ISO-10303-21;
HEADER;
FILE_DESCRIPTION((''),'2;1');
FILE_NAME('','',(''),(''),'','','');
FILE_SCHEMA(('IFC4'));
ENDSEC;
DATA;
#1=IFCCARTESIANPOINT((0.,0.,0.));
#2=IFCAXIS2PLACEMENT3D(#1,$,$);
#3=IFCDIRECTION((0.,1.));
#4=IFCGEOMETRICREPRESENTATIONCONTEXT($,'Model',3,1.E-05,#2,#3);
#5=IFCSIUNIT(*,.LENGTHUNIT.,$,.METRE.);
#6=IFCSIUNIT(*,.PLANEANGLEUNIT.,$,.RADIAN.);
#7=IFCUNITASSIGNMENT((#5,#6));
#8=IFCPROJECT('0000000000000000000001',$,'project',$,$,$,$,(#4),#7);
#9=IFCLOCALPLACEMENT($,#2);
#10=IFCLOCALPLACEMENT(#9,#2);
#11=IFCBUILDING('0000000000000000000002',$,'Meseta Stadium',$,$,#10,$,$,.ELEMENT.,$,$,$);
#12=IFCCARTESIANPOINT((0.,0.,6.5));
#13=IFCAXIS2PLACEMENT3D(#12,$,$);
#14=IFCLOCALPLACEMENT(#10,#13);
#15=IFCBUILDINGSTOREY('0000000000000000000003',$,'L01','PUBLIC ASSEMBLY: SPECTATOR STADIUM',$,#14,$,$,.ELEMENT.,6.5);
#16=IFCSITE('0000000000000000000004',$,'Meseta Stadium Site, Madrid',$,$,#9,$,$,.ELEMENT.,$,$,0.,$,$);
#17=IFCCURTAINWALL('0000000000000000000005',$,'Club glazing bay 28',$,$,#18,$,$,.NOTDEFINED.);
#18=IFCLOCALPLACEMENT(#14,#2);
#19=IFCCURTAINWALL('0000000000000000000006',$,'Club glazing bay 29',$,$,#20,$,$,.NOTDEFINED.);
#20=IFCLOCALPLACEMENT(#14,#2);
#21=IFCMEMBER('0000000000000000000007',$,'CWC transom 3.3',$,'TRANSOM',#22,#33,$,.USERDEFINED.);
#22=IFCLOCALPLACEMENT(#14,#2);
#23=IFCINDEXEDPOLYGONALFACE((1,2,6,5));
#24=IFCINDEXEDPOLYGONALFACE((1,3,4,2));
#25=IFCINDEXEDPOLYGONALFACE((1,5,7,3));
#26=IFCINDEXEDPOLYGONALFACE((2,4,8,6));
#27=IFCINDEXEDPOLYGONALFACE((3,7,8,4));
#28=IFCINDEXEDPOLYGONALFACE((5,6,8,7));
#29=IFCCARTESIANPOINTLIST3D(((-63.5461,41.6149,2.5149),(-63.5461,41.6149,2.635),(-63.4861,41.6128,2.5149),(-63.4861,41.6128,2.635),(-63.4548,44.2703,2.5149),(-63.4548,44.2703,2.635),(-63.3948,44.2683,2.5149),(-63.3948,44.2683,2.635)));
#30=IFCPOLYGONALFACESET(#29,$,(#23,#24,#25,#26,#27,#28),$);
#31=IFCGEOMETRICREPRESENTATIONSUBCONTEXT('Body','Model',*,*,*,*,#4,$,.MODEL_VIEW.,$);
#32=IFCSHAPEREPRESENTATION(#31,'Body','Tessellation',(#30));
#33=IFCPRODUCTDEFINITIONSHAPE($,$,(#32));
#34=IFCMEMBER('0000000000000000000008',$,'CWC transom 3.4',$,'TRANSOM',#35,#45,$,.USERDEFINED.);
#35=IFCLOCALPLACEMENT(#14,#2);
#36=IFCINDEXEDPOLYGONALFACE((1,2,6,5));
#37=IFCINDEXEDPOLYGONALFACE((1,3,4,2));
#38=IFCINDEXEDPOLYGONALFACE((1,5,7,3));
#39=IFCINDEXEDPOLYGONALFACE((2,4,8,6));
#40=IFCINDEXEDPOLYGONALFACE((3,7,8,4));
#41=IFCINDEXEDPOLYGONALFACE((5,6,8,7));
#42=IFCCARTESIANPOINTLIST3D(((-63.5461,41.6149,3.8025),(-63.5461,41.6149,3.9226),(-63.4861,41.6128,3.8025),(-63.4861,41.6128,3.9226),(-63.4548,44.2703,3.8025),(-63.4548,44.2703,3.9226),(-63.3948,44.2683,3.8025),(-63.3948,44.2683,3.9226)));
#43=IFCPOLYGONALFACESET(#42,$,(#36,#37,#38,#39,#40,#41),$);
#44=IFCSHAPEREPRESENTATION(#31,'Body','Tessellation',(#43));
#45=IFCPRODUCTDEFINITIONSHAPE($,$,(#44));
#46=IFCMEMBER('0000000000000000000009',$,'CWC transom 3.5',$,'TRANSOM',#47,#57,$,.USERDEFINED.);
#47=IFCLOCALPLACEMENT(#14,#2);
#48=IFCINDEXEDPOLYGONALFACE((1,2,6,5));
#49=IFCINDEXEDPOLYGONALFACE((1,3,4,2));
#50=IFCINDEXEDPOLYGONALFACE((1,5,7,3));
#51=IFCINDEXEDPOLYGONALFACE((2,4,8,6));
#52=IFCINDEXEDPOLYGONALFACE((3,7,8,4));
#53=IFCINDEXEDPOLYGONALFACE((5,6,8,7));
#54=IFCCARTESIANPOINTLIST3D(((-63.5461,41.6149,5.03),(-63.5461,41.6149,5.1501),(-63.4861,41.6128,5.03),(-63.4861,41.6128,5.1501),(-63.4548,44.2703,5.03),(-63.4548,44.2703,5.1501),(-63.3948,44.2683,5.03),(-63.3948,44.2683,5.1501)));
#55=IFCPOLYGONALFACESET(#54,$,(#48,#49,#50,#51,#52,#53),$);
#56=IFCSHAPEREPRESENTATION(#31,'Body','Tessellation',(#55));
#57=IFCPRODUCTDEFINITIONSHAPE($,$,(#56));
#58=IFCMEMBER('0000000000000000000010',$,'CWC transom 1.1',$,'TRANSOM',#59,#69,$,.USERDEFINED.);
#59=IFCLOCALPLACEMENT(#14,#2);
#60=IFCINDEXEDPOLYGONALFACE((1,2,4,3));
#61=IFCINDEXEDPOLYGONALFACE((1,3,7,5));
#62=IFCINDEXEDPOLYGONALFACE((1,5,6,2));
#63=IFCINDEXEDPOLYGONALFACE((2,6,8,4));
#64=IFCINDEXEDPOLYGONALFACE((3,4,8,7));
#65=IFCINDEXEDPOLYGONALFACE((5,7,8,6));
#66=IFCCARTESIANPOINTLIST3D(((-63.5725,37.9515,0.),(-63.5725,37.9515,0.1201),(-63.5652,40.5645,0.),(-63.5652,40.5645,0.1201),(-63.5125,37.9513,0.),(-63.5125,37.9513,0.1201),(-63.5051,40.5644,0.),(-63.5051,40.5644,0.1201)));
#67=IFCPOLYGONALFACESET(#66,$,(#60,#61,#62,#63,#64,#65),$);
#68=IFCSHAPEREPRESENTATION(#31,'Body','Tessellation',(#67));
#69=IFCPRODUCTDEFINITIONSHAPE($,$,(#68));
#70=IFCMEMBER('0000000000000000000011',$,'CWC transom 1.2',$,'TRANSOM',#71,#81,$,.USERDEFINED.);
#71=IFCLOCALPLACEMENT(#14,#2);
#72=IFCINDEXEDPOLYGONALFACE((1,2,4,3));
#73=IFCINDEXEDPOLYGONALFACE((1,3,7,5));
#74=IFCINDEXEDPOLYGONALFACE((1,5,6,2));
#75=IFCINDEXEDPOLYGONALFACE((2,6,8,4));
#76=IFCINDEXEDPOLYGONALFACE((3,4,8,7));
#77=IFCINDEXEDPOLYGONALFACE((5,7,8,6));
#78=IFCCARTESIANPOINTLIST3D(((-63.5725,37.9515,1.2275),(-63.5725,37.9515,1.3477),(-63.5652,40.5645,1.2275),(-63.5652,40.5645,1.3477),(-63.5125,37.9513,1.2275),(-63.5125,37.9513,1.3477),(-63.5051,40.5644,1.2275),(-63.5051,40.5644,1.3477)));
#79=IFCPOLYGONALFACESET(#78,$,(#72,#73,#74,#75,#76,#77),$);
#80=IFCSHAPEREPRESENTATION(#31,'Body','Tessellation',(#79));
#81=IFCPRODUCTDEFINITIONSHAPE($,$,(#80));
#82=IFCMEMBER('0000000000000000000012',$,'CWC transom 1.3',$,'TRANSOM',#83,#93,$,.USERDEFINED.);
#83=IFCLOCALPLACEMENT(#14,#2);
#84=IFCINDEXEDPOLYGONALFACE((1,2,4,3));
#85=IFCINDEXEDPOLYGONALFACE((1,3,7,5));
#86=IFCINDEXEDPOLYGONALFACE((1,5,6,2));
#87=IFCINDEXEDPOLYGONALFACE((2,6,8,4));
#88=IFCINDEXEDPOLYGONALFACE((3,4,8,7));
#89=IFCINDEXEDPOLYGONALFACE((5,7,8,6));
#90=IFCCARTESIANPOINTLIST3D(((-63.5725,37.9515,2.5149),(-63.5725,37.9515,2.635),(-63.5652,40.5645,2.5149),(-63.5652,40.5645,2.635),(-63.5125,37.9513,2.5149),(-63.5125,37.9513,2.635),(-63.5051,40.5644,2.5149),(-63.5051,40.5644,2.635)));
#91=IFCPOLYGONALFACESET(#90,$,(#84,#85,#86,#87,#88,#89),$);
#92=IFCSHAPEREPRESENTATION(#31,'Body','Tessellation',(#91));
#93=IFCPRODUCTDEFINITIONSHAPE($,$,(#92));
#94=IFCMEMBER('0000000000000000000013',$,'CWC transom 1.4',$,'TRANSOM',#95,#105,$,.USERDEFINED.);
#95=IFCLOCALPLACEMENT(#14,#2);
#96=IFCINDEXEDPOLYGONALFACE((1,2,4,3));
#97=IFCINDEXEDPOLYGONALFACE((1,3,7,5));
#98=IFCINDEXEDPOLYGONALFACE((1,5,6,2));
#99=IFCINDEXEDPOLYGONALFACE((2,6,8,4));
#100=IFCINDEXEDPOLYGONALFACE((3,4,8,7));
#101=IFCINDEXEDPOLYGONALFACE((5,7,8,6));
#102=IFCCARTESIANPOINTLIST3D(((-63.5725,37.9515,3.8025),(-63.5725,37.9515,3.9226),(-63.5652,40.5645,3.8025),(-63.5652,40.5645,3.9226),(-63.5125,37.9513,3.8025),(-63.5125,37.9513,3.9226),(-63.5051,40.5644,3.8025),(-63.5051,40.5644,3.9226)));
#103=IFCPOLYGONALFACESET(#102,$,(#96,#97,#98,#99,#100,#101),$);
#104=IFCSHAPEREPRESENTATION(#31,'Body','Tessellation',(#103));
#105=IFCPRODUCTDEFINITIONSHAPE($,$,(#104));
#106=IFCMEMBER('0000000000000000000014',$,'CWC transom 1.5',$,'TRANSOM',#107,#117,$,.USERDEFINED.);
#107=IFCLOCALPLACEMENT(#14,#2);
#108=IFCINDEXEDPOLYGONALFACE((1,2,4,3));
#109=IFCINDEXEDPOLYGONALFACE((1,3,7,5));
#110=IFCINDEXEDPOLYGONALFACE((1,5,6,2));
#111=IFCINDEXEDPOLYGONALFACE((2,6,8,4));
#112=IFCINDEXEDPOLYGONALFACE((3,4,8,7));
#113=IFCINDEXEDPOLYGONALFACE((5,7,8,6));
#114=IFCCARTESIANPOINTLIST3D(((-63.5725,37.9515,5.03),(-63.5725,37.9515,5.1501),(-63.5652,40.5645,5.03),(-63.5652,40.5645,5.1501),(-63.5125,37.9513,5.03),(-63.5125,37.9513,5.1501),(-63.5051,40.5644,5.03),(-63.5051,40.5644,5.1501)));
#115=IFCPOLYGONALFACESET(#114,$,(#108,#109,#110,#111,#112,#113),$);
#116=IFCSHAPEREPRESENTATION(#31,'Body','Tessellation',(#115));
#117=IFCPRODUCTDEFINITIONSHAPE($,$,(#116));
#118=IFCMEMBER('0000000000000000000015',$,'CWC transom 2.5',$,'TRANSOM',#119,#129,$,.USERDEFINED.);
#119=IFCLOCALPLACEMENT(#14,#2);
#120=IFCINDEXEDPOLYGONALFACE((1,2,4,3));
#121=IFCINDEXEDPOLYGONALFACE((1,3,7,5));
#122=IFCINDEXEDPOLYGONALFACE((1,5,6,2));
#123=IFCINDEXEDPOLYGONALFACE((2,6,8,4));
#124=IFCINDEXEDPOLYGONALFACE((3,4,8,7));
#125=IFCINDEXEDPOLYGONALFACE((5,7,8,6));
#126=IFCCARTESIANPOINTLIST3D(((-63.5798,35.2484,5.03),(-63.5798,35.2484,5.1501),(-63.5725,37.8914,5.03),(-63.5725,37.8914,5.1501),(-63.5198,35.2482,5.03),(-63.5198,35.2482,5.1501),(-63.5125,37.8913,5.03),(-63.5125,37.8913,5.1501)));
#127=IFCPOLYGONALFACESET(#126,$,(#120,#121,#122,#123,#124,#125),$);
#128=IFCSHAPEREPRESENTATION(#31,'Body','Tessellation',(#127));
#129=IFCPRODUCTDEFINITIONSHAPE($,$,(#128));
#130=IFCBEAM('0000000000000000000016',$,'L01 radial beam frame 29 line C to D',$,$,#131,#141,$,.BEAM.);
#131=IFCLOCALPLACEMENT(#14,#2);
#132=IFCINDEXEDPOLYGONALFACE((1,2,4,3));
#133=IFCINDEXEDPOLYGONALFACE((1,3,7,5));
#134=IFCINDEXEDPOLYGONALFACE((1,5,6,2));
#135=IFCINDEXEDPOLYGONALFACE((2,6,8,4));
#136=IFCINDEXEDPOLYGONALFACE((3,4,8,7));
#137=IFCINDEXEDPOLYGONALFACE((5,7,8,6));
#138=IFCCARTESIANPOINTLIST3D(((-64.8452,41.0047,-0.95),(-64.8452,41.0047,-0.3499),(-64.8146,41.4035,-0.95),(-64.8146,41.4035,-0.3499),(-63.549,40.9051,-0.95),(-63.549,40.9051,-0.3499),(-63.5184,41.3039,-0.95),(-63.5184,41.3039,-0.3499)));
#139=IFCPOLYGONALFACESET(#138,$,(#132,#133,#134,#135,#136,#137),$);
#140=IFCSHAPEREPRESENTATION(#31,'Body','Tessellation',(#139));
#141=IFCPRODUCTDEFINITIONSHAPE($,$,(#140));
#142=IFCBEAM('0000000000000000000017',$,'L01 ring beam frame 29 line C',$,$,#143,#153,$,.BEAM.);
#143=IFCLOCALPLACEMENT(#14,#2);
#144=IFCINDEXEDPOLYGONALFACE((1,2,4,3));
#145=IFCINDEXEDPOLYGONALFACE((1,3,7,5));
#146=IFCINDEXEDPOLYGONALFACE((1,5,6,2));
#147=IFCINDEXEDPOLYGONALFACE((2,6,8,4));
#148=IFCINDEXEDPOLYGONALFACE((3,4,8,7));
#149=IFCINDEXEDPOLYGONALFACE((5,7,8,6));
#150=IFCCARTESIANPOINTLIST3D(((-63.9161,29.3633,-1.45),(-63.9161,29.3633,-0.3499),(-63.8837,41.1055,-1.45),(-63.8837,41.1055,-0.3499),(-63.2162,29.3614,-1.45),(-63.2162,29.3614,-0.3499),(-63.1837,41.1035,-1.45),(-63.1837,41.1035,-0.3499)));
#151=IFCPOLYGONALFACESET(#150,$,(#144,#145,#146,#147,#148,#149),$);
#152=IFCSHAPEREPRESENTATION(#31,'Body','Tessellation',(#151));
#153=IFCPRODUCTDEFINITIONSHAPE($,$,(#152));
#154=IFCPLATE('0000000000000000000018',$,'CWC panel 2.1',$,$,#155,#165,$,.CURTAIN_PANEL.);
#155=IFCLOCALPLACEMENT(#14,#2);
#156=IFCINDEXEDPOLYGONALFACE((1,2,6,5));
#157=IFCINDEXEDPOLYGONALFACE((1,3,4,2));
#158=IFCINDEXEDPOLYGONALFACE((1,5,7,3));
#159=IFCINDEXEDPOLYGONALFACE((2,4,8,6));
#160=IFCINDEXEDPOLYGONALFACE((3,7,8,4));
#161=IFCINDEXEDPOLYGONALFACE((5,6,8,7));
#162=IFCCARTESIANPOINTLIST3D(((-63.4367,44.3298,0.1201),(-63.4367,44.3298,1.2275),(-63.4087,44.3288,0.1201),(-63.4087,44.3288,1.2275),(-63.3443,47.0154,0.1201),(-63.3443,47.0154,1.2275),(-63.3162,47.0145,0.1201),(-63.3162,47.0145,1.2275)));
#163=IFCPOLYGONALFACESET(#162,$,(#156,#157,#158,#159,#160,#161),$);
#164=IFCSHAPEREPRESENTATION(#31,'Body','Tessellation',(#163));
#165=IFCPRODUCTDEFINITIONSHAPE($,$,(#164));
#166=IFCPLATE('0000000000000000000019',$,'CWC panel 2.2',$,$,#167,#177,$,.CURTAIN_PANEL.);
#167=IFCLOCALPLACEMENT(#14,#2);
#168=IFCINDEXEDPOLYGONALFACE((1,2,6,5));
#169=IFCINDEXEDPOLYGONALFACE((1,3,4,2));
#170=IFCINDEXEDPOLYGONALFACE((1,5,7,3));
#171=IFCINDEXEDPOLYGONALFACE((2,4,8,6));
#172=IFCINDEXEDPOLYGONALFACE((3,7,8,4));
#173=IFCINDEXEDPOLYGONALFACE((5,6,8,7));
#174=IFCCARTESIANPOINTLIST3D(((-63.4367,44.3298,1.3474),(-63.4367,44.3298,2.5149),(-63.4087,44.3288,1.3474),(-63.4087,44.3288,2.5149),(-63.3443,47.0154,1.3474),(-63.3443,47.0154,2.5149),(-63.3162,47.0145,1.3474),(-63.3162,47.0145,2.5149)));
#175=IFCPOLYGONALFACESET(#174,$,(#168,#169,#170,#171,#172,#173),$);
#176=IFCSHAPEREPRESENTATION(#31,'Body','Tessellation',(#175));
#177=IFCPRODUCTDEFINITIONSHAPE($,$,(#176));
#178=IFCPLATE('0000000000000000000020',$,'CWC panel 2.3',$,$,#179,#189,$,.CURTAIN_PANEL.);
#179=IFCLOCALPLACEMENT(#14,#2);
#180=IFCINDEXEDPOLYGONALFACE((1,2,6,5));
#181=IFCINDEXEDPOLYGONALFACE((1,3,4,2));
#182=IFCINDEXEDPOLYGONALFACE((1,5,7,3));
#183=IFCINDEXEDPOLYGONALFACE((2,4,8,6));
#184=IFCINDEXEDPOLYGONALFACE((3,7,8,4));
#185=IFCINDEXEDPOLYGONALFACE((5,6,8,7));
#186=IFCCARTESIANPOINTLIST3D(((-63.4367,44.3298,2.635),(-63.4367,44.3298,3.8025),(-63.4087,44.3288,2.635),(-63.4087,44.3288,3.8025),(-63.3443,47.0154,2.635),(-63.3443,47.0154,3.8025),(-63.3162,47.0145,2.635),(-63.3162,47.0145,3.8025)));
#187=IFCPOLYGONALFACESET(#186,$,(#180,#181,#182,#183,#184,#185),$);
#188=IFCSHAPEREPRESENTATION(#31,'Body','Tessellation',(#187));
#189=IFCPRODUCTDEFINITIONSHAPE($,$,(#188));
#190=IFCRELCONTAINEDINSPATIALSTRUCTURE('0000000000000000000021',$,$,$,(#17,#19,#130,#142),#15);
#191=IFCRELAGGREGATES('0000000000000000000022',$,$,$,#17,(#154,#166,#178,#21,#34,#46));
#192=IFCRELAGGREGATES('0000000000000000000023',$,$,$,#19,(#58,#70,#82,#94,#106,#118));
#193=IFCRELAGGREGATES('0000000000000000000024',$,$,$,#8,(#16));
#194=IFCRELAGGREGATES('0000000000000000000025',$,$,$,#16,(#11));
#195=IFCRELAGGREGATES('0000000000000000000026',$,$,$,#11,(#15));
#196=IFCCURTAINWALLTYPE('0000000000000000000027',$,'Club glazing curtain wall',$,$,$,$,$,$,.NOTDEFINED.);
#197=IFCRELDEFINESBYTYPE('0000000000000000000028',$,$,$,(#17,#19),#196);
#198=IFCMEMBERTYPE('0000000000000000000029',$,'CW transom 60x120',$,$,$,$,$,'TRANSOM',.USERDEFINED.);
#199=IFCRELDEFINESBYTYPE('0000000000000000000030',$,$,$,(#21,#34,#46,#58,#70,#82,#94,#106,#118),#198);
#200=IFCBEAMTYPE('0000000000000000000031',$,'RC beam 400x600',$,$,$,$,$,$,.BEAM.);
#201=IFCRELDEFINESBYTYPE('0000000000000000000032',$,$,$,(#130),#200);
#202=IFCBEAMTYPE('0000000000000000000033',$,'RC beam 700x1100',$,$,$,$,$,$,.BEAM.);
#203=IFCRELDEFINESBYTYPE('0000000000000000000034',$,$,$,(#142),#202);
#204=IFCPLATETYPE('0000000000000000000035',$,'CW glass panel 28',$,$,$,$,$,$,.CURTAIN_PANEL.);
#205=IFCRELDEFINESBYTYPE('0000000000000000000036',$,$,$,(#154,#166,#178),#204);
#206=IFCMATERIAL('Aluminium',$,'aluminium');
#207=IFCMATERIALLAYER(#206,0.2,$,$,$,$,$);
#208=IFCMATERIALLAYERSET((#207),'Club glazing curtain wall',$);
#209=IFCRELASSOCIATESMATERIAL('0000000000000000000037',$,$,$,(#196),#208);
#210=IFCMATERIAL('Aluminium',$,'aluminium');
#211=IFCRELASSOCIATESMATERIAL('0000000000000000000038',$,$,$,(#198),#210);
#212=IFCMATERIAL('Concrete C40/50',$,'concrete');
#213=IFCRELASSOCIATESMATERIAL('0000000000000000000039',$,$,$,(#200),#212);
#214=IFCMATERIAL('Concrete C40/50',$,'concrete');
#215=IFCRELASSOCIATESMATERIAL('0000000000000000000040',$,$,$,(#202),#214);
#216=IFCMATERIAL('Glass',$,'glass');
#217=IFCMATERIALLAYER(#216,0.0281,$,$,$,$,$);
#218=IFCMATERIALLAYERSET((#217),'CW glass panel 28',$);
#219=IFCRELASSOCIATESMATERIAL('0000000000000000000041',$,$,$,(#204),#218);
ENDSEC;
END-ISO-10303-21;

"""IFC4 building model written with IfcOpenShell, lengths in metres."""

from ifc_helpers import new_model, si_unit, direction, frame, origin, origin_2d, place, context, subcontext, project, spatial, rectangle, extrude, material, layer, layer_set, material_profile, profile_set, type_object, element, aggregate, save


model = new_model("IFC4")

# Units and contexts
model_context = context("Model", 3, precision=1e-05, world=origin(), true_north=direction((0.0, 1.0)))
body_context = subcontext(model_context, "Body", "Model", "MODEL_VIEW")
ifc_project = project(units=[si_unit("LENGTHUNIT", "METRE"), si_unit("PLANEANGLEUNIT", "RADIAN")], contexts=[model_context])

# Site, building, storey
site_placement = place(None, origin())
site = spatial("IfcSite", under=ifc_project, at=site_placement, Name="Meseta Stadium Site, Madrid", CompositionType="ELEMENT", RefElevation=0.0)
building_placement = place(site_placement, origin())
building = spatial("IfcBuilding", under=site, at=building_placement, Name="Meseta Stadium", CompositionType="ELEMENT")
storey_placement = place(building_placement, frame((0.0, 0.0, 6.5)))
storey = spatial("IfcBuildingStorey", under=building, at=storey_placement, Name="L01", Description="PUBLIC ASSEMBLY: SPECTATOR STADIUM", CompositionType="ELEMENT", Elevation=6.5)

# Curtain walls
ifc_material_1 = material(Name="Aluminium", Category="aluminium")
ifc_layer_1 = layer(ifc_material_1, 0.2)
ifc_layer_set_1 = layer_set([ifc_layer_1], Name="Club glazing curtain wall")
curtain_wall_type = type_object("IfcCurtainWallType", Name="Club glazing curtain wall", PredefinedType="NOTDEFINED", material=ifc_layer_set_1)
curtain_wall_1_placement = place(storey_placement, origin())
curtain_wall_1 = element("IfcCurtainWall", 1, at=curtain_wall_1_placement, inside=storey, type_object=curtain_wall_type, Name="Club glazing bay 28", PredefinedType="NOTDEFINED")
curtain_wall_2_placement = place(storey_placement, origin())
curtain_wall_2 = element("IfcCurtainWall", 2, at=curtain_wall_2_placement, inside=storey, type_object=curtain_wall_type, Name="Club glazing bay 29", PredefinedType="NOTDEFINED")

# Members
ifc_material_2 = material(Name="Aluminium", Category="aluminium")
ifc_material_profile_1 = material_profile(ifc_material_2, rectangle(XDim=0.0601, YDim=0.1201, at=origin_2d()), Name="CW 60x120")
ifc_profile_set_1 = profile_set([ifc_material_profile_1], Name="Aluminium")
member_type_1 = type_object("IfcMemberType", Name="CW transom 60x120", ElementType="TRANSOM", PredefinedType="USERDEFINED", material=ifc_profile_set_1)
member_1_placement = place(storey_placement, frame((-63.4248, 44.2693, 2.575), z_axis=(-0.034364, -0.999409, 0.0), x_axis=(0.999409, -0.034364, 0.0)))
member_1 = element("IfcMember", 3, at=member_1_placement, type_object=member_type_1, Name="CWC transom 3.3", ObjectType="TRANSOM", PredefinedType="USERDEFINED", context=body_context, shape_type="SweptSolid", body=[
    extrude(rectangle(XDim=0.0601, YDim=0.1201, at=origin_2d()), origin(), (0.0, 0.0, 1.0), 2.657),
])
member_2_placement = place(storey_placement, frame((-63.4248, 44.2693, 3.8625), z_axis=(-0.034364, -0.999409, 0.0), x_axis=(0.999409, -0.034364, 0.0)))
member_2 = element("IfcMember", 4, at=member_2_placement, type_object=member_type_1, Name="CWC transom 3.4", ObjectType="TRANSOM", PredefinedType="USERDEFINED", context=body_context, shape_type="SweptSolid", body=[
    extrude(rectangle(XDim=0.0601, YDim=0.1201, at=origin_2d()), origin(), (0.0, 0.0, 1.0), 2.657),
])
member_3_placement = place(storey_placement, frame((-63.4248, 44.2693, 5.0901), z_axis=(-0.034364, -0.999409, 0.0), x_axis=(0.999409, -0.034364, 0.0)))
member_3 = element("IfcMember", 5, at=member_3_placement, type_object=member_type_1, Name="CWC transom 3.5", ObjectType="TRANSOM", PredefinedType="USERDEFINED", context=body_context, shape_type="SweptSolid", body=[
    extrude(rectangle(XDim=0.0601, YDim=0.1201, at=origin_2d()), origin(), (0.0, 0.0, 1.0), 2.657),
])
member_4_placement = place(storey_placement, frame((-63.5352, 40.5645, 0.0601), z_axis=(-0.002803, -0.999996, 0.0), x_axis=(0.999996, -0.002803, 0.0)))
member_4 = element("IfcMember", 6, at=member_4_placement, type_object=member_type_1, Name="CWC transom 1.1", ObjectType="TRANSOM", PredefinedType="USERDEFINED", context=body_context, shape_type="SweptSolid", body=[
    extrude(rectangle(XDim=0.0601, YDim=0.1201, at=origin_2d()), origin(), (0.0, 0.0, 1.0), 2.613),
])
member_5_placement = place(storey_placement, frame((-63.5352, 40.5645, 1.2876), z_axis=(-0.002803, -0.999996, 0.0), x_axis=(0.999996, -0.002803, 0.0)))
member_5 = element("IfcMember", 7, at=member_5_placement, type_object=member_type_1, Name="CWC transom 1.2", ObjectType="TRANSOM", PredefinedType="USERDEFINED", context=body_context, shape_type="SweptSolid", body=[
    extrude(rectangle(XDim=0.0601, YDim=0.1201, at=origin_2d()), origin(), (0.0, 0.0, 1.0), 2.613),
])
member_6_placement = place(storey_placement, frame((-63.5352, 40.5645, 2.575), z_axis=(-0.002803, -0.999996, 0.0), x_axis=(0.999996, -0.002803, 0.0)))
member_6 = element("IfcMember", 8, at=member_6_placement, type_object=member_type_1, Name="CWC transom 1.3", ObjectType="TRANSOM", PredefinedType="USERDEFINED", context=body_context, shape_type="SweptSolid", body=[
    extrude(rectangle(XDim=0.0601, YDim=0.1201, at=origin_2d()), origin(), (0.0, 0.0, 1.0), 2.613),
])
member_7_placement = place(storey_placement, frame((-63.5352, 40.5645, 3.8625), z_axis=(-0.002803, -0.999996, 0.0), x_axis=(0.999996, -0.002803, 0.0)))
member_7 = element("IfcMember", 9, at=member_7_placement, type_object=member_type_1, Name="CWC transom 1.4", ObjectType="TRANSOM", PredefinedType="USERDEFINED", context=body_context, shape_type="SweptSolid", body=[
    extrude(rectangle(XDim=0.0601, YDim=0.1201, at=origin_2d()), origin(), (0.0, 0.0, 1.0), 2.613),
])
member_8_placement = place(storey_placement, frame((-63.5352, 40.5645, 5.0901), z_axis=(-0.002803, -0.999996, 0.0), x_axis=(0.999996, -0.002803, 0.0)))
member_8 = element("IfcMember", 10, at=member_8_placement, type_object=member_type_1, Name="CWC transom 1.5", ObjectType="TRANSOM", PredefinedType="USERDEFINED", context=body_context, shape_type="SweptSolid", body=[
    extrude(rectangle(XDim=0.0601, YDim=0.1201, at=origin_2d()), origin(), (0.0, 0.0, 1.0), 2.613),
])
member_9_placement = place(storey_placement, frame((-63.5425, 37.8914, 5.0901), z_axis=(-0.002771, -0.999996, 0.0), x_axis=(0.999996, -0.002771, 0.0)))
member_9 = element("IfcMember", 11, at=member_9_placement, type_object=member_type_1, Name="CWC transom 2.5", ObjectType="TRANSOM", PredefinedType="USERDEFINED", context=body_context, shape_type="SweptSolid", body=[
    extrude(rectangle(XDim=0.0601, YDim=0.1201, at=origin_2d()), origin(), (0.0, 0.0, 1.0), 2.6431),
])

# Beams
ifc_material_3 = material(Name="Concrete C40/50", Category="concrete")
ifc_material_profile_2 = material_profile(ifc_material_3, rectangle(XDim=0.3999, YDim=0.6001, at=origin_2d()), Name="RC 400x600")
ifc_profile_set_2 = profile_set([ifc_material_profile_2], Name="Concrete C40/50")
beam_type_1 = type_object("IfcBeamType", Name="RC beam 400x600", PredefinedType="BEAM", material=ifc_profile_set_2)
beam_1_placement = place(storey_placement, frame((-63.5337, 41.1045, -0.6499), z_axis=(-0.99706, 0.076625, 0.0), x_axis=(-0.076625, -0.99706, 0.0)))
element("IfcBeam", 12, at=beam_1_placement, inside=storey, type_object=beam_type_1, Name="L01 radial beam frame 29 line C to D", PredefinedType="BEAM", context=body_context, shape_type="SweptSolid", body=[
    extrude(rectangle(XDim=0.3999, YDim=0.6001, at=origin_2d()), origin(), (0.0, 0.0, 1.0), 1.3),
])
ifc_material_4 = material(Name="Concrete C40/50", Category="concrete")
ifc_material_profile_3 = material_profile(ifc_material_4, rectangle(XDim=0.7, YDim=1.1001, at=origin_2d()), Name="RC 700x1100")
ifc_profile_set_3 = profile_set([ifc_material_profile_3], Name="Concrete C40/50")
beam_type_2 = type_object("IfcBeamType", Name="RC beam 700x1100", PredefinedType="BEAM", material=ifc_profile_set_3)
beam_2_placement = place(storey_placement, frame((-63.5337, 41.1045, -0.8999), z_axis=(-0.002765, -0.999996, 0.0), x_axis=(0.999996, -0.002765, 0.0)))
element("IfcBeam", 13, at=beam_2_placement, inside=storey, type_object=beam_type_2, Name="L01 ring beam frame 29 line C", PredefinedType="BEAM", context=body_context, shape_type="SweptSolid", body=[
    extrude(rectangle(XDim=0.7, YDim=1.1001, at=origin_2d()), origin(), (0.0, 0.0, 1.0), 11.7422),
])

# Plates
ifc_material_5 = material(Name="Glass", Category="glass")
ifc_layer_2 = layer(ifc_material_5, 0.0281)
ifc_layer_set_2 = layer_set([ifc_layer_2], Name="CW glass panel 28")
plate_type = type_object("IfcPlateType", Name="CW glass panel 28", PredefinedType="CURTAIN_PANEL", material=ifc_layer_set_2)
plate_1_placement = place(storey_placement, frame((-63.3765, 45.6721, 0.1201), z_axis=(0.0, 0.0, 1.0), x_axis=(-0.034398, -0.999408, 0.0)))
plate_1 = element("IfcPlate", 14, at=plate_1_placement, type_object=plate_type, Name="CWC panel 2.1", PredefinedType="CURTAIN_PANEL", context=body_context, shape_type="SweptSolid", body=[
    extrude(rectangle(XDim=2.6873, YDim=0.0281, at=origin_2d()), origin(), (0.0, 0.0, 1.0), 1.1074),
])
plate_2_placement = place(storey_placement, frame((-63.3765, 45.6721, 1.3474), z_axis=(0.0, 0.0, 1.0), x_axis=(-0.034398, -0.999408, 0.0)))
plate_2 = element("IfcPlate", 15, at=plate_2_placement, type_object=plate_type, Name="CWC panel 2.2", PredefinedType="CURTAIN_PANEL", context=body_context, shape_type="SweptSolid", body=[
    extrude(rectangle(XDim=2.6873, YDim=0.0281, at=origin_2d()), origin(), (0.0, 0.0, 1.0), 1.1675),
])
plate_3_placement = place(storey_placement, frame((-63.3765, 45.6721, 2.635), z_axis=(0.0, 0.0, 1.0), x_axis=(-0.034398, -0.999408, 0.0)))
plate_3 = element("IfcPlate", 16, at=plate_3_placement, type_object=plate_type, Name="CWC panel 2.3", PredefinedType="CURTAIN_PANEL", context=body_context, shape_type="SweptSolid", body=[
    extrude(rectangle(XDim=2.6873, YDim=0.0281, at=origin_2d()), origin(), (0.0, 0.0, 1.0), 1.1675),
])
aggregate(curtain_wall_1, [plate_1, plate_2, plate_3, member_1, member_2, member_3])
aggregate(curtain_wall_2, [member_4, member_5, member_6, member_7, member_8, member_9])

save(model, "model.ifc")
